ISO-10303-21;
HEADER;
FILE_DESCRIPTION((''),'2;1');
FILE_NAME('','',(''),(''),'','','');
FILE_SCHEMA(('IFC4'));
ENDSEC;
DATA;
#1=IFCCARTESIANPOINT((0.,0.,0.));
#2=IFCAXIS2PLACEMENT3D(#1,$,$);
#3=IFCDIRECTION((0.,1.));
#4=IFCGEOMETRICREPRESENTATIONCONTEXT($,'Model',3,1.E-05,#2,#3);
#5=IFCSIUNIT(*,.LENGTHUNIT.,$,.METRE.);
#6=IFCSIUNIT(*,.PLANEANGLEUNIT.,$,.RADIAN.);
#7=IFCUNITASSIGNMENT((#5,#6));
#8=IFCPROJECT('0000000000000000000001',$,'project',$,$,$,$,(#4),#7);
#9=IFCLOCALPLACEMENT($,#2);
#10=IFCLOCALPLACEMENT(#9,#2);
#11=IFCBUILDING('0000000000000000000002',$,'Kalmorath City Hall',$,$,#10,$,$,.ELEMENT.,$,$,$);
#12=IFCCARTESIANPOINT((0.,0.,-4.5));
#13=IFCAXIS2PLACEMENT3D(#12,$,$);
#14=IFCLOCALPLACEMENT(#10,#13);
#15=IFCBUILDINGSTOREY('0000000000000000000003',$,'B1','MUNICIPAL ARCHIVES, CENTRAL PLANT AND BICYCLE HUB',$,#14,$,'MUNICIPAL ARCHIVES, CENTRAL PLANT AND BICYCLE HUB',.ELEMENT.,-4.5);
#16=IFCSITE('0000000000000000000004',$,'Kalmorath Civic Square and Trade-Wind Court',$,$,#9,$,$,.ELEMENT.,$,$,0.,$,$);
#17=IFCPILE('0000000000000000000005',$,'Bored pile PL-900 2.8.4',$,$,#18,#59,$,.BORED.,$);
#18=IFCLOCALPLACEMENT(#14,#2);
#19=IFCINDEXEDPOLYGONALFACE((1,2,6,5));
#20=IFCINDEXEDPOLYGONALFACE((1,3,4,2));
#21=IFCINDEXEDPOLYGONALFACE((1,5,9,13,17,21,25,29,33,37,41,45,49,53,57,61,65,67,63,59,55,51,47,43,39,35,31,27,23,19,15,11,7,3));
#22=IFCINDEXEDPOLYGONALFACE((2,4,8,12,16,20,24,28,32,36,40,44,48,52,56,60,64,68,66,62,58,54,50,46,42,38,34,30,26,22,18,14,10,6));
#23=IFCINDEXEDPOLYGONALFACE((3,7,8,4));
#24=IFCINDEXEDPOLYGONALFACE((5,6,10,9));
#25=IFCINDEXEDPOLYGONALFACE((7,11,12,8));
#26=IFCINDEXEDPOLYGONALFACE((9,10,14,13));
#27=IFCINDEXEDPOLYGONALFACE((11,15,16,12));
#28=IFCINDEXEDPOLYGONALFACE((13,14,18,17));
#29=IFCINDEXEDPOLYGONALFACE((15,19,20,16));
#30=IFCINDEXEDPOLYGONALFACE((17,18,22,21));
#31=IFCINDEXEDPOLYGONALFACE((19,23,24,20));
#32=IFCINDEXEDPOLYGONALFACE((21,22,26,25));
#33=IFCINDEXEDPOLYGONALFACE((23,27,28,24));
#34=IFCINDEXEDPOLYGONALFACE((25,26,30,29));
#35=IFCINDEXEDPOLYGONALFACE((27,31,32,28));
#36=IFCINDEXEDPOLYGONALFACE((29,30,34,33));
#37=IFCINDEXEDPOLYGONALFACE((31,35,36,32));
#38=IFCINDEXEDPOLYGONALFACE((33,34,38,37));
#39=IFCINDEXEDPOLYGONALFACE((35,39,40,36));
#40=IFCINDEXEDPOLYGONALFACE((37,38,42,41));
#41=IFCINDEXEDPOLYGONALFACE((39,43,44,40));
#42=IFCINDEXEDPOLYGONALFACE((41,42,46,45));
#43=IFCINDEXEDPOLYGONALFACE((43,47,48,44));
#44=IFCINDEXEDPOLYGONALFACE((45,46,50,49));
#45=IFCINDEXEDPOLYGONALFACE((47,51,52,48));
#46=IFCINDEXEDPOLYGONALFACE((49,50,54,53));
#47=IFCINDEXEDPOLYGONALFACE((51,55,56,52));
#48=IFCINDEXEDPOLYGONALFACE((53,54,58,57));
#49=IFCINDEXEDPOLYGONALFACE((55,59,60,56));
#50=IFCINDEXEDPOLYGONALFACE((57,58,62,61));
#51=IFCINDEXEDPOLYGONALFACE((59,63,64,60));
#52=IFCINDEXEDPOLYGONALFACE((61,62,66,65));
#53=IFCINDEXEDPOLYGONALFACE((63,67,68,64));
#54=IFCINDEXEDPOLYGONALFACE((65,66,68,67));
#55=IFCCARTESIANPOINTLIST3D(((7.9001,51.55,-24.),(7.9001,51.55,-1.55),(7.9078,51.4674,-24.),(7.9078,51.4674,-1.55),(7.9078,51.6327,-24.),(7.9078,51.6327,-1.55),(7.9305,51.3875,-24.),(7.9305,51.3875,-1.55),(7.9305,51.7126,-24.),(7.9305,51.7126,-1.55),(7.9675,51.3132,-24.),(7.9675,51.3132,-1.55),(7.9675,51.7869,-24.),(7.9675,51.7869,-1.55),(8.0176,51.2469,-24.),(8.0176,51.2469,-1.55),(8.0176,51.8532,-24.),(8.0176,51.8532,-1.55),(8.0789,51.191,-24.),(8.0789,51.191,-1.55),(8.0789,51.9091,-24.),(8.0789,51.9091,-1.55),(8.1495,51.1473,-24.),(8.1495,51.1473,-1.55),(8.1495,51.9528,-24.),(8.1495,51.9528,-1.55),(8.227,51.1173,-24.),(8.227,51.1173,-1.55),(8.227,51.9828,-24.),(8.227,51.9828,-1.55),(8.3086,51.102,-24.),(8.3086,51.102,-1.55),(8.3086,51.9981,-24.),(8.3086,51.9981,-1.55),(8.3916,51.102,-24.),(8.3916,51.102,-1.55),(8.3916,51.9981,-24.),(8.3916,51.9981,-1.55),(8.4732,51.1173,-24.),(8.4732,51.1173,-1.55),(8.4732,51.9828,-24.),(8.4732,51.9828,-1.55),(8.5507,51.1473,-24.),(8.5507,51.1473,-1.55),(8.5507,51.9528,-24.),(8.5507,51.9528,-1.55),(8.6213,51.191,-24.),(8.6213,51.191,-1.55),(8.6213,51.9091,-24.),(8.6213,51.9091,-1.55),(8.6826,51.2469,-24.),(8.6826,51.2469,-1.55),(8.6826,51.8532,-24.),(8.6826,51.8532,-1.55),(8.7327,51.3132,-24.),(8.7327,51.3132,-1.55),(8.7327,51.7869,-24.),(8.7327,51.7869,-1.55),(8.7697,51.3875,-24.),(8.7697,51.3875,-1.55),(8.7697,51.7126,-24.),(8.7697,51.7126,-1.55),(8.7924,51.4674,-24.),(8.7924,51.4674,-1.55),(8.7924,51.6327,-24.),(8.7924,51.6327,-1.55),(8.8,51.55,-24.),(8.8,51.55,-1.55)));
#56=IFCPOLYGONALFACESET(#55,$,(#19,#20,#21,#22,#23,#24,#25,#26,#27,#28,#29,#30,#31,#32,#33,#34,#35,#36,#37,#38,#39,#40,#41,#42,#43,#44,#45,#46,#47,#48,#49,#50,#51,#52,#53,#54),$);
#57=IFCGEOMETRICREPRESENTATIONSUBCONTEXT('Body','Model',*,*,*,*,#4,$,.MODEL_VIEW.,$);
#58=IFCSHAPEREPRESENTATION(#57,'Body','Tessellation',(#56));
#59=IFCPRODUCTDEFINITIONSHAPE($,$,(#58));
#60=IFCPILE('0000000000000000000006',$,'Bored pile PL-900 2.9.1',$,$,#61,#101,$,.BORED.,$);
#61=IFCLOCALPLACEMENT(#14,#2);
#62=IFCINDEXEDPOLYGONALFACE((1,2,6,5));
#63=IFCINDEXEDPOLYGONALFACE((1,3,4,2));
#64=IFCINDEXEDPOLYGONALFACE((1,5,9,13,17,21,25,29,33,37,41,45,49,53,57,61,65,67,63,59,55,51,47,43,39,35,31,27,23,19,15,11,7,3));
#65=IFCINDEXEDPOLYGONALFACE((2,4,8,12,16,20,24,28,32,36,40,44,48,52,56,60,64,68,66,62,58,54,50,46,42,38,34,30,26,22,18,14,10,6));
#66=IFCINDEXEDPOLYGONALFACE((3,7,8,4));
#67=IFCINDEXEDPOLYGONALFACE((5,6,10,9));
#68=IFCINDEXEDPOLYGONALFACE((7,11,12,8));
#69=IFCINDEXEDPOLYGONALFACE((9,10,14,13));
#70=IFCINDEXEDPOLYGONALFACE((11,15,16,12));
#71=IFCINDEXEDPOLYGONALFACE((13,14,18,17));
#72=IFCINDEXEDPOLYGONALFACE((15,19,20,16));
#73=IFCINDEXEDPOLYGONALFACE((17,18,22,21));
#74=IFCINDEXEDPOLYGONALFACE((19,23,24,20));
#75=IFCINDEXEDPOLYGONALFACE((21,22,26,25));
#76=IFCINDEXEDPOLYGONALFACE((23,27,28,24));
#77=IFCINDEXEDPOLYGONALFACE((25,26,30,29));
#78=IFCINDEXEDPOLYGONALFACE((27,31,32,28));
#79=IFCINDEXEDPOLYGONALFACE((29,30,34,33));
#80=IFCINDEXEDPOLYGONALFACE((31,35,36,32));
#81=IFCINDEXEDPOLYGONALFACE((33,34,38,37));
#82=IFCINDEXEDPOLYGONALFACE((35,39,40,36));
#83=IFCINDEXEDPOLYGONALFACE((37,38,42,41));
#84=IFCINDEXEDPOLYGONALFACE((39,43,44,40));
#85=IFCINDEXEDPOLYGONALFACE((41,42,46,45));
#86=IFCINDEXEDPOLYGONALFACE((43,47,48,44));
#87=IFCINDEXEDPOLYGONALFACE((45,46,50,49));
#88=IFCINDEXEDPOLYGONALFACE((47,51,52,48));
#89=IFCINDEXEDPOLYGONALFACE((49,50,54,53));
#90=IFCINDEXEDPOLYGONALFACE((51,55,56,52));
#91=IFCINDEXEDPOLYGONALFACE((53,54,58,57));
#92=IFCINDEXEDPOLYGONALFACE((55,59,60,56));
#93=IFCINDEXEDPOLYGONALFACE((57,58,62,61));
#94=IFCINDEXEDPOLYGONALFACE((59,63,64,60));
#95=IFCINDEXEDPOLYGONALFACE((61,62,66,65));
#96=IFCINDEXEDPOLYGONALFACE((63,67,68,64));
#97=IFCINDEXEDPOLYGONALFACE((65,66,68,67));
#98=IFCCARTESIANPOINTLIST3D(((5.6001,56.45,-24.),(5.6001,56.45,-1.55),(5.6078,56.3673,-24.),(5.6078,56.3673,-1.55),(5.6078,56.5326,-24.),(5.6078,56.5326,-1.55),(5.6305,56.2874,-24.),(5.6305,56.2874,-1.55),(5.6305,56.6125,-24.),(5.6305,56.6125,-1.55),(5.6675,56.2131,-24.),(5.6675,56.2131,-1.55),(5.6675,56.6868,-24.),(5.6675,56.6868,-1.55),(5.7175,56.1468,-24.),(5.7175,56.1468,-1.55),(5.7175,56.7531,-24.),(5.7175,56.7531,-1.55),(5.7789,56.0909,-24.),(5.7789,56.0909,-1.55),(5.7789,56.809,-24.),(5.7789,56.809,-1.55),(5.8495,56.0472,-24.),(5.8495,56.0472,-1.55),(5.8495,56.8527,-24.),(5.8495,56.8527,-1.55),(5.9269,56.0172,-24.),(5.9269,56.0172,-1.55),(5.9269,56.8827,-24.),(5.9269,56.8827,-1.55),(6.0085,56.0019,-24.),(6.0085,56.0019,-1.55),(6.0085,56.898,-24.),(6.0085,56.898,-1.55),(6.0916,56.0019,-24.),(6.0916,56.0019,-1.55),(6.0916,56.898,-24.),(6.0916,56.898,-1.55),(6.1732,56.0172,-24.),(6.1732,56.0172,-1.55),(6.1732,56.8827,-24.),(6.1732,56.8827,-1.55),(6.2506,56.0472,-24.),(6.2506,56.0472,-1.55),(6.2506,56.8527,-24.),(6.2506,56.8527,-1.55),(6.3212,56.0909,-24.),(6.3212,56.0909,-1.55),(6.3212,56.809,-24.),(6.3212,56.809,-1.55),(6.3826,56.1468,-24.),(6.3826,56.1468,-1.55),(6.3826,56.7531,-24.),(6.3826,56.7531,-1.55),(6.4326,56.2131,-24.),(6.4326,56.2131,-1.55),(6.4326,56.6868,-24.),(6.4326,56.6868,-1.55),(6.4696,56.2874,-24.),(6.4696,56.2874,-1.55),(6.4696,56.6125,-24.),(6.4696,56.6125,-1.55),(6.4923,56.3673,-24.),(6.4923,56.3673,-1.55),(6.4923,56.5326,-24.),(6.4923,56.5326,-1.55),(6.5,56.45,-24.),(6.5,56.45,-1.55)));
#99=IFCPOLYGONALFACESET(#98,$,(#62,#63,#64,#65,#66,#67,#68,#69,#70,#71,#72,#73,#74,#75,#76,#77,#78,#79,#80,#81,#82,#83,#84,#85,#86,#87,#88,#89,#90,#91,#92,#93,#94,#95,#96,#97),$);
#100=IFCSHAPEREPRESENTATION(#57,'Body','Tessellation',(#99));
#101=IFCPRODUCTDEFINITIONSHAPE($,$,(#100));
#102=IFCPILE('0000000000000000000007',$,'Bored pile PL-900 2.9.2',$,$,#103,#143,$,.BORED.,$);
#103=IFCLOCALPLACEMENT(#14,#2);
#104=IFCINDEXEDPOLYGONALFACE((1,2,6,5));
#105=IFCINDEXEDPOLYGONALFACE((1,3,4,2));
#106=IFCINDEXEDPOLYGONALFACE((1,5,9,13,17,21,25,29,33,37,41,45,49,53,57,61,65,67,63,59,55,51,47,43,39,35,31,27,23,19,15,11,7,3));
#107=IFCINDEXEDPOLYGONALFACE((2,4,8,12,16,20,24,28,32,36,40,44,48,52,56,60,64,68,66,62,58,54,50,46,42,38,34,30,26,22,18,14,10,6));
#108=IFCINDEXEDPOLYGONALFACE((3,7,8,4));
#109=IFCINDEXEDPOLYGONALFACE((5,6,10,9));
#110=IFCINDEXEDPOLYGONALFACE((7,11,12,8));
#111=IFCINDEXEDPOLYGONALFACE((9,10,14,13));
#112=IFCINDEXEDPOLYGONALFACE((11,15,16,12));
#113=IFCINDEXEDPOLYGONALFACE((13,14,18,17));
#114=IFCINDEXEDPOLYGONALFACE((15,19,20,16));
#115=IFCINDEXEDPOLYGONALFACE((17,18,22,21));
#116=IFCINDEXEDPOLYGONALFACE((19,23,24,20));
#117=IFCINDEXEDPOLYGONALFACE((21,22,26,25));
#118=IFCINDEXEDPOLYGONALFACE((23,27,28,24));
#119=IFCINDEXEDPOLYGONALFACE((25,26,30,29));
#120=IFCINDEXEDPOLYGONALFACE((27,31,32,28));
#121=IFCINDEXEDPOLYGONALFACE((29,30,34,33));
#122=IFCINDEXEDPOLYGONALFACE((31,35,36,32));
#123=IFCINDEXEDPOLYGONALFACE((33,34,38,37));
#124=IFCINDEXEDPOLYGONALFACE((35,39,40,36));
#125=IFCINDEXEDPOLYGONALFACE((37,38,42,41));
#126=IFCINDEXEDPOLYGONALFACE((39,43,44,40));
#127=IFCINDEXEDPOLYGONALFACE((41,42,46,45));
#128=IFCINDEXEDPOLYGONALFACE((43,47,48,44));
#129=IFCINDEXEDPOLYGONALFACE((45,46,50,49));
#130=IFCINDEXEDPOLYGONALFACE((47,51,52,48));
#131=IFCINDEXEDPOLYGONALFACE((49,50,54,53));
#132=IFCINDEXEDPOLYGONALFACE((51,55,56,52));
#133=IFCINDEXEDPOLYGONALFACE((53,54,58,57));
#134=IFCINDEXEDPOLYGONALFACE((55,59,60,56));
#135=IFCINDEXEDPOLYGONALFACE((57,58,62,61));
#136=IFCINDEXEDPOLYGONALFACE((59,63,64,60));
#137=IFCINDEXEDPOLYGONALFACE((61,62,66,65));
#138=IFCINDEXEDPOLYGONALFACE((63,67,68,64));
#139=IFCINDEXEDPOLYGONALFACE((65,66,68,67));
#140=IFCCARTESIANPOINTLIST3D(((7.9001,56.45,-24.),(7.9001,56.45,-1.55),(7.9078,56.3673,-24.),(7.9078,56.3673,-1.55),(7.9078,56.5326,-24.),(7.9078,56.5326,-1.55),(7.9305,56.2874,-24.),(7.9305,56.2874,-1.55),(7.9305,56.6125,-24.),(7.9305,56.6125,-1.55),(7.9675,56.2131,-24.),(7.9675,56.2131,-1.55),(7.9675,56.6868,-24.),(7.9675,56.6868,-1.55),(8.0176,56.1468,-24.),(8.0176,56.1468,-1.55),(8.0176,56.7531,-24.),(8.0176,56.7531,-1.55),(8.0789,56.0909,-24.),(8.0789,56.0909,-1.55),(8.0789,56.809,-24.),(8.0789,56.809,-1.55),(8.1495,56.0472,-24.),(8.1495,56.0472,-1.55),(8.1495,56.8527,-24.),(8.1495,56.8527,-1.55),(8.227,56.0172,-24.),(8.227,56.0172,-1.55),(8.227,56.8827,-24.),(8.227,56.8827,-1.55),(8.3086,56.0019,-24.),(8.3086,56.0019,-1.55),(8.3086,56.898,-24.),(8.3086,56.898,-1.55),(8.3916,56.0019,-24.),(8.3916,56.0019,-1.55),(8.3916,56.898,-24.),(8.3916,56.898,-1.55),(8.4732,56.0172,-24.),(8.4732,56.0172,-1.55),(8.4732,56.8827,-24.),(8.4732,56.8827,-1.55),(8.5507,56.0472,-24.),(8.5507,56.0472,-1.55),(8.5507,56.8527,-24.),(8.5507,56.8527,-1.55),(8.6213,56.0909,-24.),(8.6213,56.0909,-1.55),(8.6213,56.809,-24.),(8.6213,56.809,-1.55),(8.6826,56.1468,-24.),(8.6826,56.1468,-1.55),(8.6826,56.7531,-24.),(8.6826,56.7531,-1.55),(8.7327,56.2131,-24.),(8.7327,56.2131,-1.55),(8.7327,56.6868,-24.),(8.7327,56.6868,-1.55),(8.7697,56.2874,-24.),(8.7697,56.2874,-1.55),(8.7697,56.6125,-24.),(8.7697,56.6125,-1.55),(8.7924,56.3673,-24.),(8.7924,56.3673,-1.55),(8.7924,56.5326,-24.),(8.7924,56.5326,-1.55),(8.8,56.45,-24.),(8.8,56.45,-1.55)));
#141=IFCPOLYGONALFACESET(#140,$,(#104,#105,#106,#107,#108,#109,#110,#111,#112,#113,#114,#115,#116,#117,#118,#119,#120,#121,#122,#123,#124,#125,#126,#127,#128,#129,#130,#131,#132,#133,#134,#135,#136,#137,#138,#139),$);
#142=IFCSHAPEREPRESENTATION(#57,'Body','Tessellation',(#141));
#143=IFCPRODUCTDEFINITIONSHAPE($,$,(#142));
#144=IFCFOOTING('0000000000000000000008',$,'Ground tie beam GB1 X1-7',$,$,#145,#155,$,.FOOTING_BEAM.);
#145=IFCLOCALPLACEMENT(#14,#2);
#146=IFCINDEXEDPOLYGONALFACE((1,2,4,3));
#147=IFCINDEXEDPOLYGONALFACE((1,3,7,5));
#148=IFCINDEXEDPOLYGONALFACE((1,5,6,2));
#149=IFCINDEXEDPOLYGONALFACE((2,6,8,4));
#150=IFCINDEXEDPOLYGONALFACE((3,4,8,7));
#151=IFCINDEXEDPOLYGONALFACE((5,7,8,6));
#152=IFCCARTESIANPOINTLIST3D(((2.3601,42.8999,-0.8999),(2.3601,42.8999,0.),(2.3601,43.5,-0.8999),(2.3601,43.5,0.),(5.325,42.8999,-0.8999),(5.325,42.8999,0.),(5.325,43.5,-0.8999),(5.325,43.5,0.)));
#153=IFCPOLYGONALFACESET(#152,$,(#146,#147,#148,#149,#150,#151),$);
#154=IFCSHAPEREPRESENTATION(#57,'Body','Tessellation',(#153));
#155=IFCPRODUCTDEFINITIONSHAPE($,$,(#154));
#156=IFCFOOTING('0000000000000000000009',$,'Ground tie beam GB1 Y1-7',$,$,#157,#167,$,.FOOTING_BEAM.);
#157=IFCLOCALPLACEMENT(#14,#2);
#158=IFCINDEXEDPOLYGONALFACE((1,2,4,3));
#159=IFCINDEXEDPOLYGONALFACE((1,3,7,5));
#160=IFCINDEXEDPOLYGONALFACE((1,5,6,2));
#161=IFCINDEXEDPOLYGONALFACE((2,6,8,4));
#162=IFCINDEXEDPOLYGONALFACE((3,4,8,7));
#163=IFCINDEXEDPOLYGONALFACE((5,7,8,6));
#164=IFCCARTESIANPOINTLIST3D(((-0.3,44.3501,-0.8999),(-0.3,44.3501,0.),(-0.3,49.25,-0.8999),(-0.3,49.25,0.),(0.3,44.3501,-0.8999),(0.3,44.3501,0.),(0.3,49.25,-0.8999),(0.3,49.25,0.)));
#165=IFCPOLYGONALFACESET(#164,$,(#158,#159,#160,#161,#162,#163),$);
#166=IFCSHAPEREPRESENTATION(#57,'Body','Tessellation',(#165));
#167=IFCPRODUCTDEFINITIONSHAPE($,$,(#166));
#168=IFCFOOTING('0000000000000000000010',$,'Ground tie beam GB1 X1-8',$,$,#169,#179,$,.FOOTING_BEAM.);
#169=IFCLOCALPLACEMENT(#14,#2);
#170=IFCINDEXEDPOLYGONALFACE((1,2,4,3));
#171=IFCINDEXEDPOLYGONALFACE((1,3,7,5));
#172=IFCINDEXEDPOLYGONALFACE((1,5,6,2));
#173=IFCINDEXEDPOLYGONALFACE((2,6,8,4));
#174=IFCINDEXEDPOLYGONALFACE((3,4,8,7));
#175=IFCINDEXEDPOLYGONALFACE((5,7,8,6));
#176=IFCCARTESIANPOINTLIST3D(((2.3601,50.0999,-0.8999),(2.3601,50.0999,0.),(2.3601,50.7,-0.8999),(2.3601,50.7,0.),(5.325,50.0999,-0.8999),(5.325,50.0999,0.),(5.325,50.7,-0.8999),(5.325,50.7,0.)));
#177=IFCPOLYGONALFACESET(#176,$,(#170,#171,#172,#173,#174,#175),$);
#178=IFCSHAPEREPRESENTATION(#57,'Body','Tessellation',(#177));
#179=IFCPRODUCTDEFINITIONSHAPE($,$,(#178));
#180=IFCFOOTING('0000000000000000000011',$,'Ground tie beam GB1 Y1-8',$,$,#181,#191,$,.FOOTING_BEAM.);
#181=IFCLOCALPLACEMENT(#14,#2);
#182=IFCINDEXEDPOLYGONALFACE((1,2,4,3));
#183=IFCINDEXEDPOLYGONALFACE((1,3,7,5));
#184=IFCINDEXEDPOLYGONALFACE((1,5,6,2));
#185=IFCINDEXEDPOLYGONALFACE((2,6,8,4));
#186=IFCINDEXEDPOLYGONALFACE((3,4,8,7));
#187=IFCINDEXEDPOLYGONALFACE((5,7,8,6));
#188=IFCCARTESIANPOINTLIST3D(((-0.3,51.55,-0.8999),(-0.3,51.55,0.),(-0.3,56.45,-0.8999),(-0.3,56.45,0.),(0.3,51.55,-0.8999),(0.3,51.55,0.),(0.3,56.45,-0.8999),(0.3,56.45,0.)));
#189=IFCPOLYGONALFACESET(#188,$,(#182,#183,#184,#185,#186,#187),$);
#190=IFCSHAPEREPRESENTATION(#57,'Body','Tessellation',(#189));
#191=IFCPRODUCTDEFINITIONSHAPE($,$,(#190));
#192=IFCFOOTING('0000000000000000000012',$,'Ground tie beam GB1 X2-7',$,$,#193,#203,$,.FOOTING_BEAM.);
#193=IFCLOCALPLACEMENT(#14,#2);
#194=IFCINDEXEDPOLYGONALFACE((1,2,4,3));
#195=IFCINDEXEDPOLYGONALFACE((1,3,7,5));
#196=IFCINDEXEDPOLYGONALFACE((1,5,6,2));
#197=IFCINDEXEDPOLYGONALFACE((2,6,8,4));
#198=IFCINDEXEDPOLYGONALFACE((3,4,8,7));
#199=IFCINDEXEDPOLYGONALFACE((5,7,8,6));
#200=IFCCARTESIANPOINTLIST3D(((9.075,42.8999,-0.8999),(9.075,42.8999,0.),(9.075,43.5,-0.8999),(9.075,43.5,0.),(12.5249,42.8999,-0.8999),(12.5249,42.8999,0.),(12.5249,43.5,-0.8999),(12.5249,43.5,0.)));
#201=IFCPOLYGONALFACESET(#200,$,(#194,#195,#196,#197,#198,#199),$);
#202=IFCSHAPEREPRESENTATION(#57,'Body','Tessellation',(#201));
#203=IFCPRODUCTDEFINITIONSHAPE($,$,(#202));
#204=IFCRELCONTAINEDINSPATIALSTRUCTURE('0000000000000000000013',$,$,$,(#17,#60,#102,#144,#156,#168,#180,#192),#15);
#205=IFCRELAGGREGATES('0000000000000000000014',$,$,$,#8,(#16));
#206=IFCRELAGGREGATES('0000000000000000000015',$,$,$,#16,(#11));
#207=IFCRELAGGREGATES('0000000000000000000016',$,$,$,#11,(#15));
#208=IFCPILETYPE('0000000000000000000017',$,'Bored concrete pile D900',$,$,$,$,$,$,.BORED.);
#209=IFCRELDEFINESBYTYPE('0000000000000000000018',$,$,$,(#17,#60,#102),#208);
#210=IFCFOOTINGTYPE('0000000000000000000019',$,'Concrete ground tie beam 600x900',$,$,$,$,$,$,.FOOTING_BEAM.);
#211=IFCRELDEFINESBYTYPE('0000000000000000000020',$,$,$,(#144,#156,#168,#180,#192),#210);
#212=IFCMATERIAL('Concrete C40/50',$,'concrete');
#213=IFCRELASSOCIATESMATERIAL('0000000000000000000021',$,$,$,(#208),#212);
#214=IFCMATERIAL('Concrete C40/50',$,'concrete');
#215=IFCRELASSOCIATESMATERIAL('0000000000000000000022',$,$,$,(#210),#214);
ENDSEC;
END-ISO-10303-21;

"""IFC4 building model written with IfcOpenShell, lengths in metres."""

from ifc_helpers import new_model, si_unit, direction, frame, origin, origin_2d, place, context, subcontext, project, spatial, rectangle, circle, extrude, material, material_profile, profile_set, type_object, element, save


model = new_model("IFC4")

# Units and contexts
model_context = context("Model", 3, precision=1e-05, world=origin(), true_north=direction((0.0, 1.0)))
body_context = subcontext(model_context, "Body", "Model", "MODEL_VIEW")
ifc_project = project(units=[si_unit("LENGTHUNIT", "METRE"), si_unit("PLANEANGLEUNIT", "RADIAN")], contexts=[model_context])

# Site, building, storey
site_placement = place(None, origin())
site = spatial("IfcSite", under=ifc_project, at=site_placement, Name="Kalmorath Civic Square and Trade-Wind Court", CompositionType="ELEMENT", RefElevation=0.0)
building_placement = place(site_placement, origin())
building = spatial("IfcBuilding", under=site, at=building_placement, Name="Kalmorath City Hall", CompositionType="ELEMENT")
storey_placement = place(building_placement, frame((0.0, 0.0, -4.5)))
storey = spatial("IfcBuildingStorey", under=building, at=storey_placement, Name="B1", Description="MUNICIPAL ARCHIVES, CENTRAL PLANT AND BICYCLE HUB", LongName="MUNICIPAL ARCHIVES, CENTRAL PLANT AND BICYCLE HUB", CompositionType="ELEMENT", Elevation=-4.5)

# Piles
ifc_material_1 = material(Name="Concrete C40/50", Category="concrete")
ifc_material_profile_1 = material_profile(ifc_material_1, circle(Radius=0.45, at=origin_2d()), Name="PILE-D900")
ifc_profile_set_1 = profile_set([ifc_material_profile_1], Name="Concrete C40/50")
pile_type_1 = type_object("IfcPileType", Name="Bored concrete pile D900", PredefinedType="BORED", material=ifc_profile_set_1)
for number, where, z_axis, x_axis, name in (
    (1, (8.3501, 51.55, -1.55), (0.0, 0.0, -1.0), (1.0, 0.0, 0.0), "Bored pile PL-900 2.8.4"),
    (2, (6.05, 56.45, -1.55), (0.0, 0.0, -1.0), (1.0, 0.0, 0.0), "Bored pile PL-900 2.9.1"),
    (3, (8.3501, 56.45, -1.55), (0.0, 0.0, -1.0), (1.0, 0.0, 0.0), "Bored pile PL-900 2.9.2"),
):
    element("IfcPile", number, at=place(storey_placement, frame(where, z_axis=z_axis, x_axis=x_axis)), inside=storey, type_object=pile_type_1, Name=name, PredefinedType="BORED", context=body_context, shape_type="SweptSolid", body=[
        extrude(circle(Radius=0.45, at=origin_2d()), origin(), (0.0, 0.0, 1.0), 22.45),
    ])

# Footings
ifc_material_2 = material(Name="Concrete C40/50", Category="concrete")
ifc_material_profile_2 = material_profile(ifc_material_2, rectangle(XDim=0.6001, YDim=0.8999, at=origin_2d()), Name="RC-BM-600X900")
ifc_profile_set_2 = profile_set([ifc_material_profile_2], Name="Concrete C40/50")
footing_type_1 = type_object("IfcFootingType", Name="Concrete ground tie beam 600x900", PredefinedType="FOOTING_BEAM", material=ifc_profile_set_2)
footing_1_placement = place(storey_placement, frame((2.3601, 43.2, -0.45), z_axis=(1.0, 0.0, 0.0), x_axis=(0.0, 1.0, 0.0)))
element("IfcFooting", 4, at=footing_1_placement, inside=storey, type_object=footing_type_1, Name="Ground tie beam GB1 X1-7", PredefinedType="FOOTING_BEAM", context=body_context, shape_type="SweptSolid", body=[
    extrude(rectangle(XDim=0.6001, YDim=0.8999, at=origin_2d()), origin(), (0.0, 0.0, 1.0), 2.9648),
])
footing_2_placement = place(storey_placement, frame((0.0, 44.3501, -0.45), z_axis=(0.0, 1.0, 0.0), x_axis=(-1.0, 0.0, 0.0)))
element("IfcFooting", 5, at=footing_2_placement, inside=storey, type_object=footing_type_1, Name="Ground tie beam GB1 Y1-7", PredefinedType="FOOTING_BEAM", context=body_context, shape_type="SweptSolid", body=[
    extrude(rectangle(XDim=0.6001, YDim=0.8999, at=origin_2d()), origin(), (0.0, 0.0, 1.0), 4.8999),
])
footing_3_placement = place(storey_placement, frame((2.3601, 50.3999, -0.45), z_axis=(1.0, 0.0, 0.0), x_axis=(0.0, 1.0, 0.0)))
element("IfcFooting", 6, at=footing_3_placement, inside=storey, type_object=footing_type_1, Name="Ground tie beam GB1 X1-8", PredefinedType="FOOTING_BEAM", context=body_context, shape_type="SweptSolid", body=[
    extrude(rectangle(XDim=0.6001, YDim=0.8999, at=origin_2d()), origin(), (0.0, 0.0, 1.0), 2.9648),
])
footing_4_placement = place(storey_placement, frame((0.0, 51.55, -0.45), z_axis=(0.0, 1.0, 0.0), x_axis=(-1.0, 0.0, 0.0)))
element("IfcFooting", 7, at=footing_4_placement, inside=storey, type_object=footing_type_1, Name="Ground tie beam GB1 Y1-8", PredefinedType="FOOTING_BEAM", context=body_context, shape_type="SweptSolid", body=[
    extrude(rectangle(XDim=0.6001, YDim=0.8999, at=origin_2d()), origin(), (0.0, 0.0, 1.0), 4.8999),
])
for number, where, z_axis, x_axis, name in (
    (8, (9.075, 43.2, -0.45), (1.0, 0.0, 0.0), (0.0, 1.0, 0.0), "Ground tie beam GB1 X2-7"),
):
    element("IfcFooting", number, at=place(storey_placement, frame(where, z_axis=z_axis, x_axis=x_axis)), inside=storey, type_object=footing_type_1, Name=name, PredefinedType="FOOTING_BEAM", context=body_context, shape_type="SweptSolid", body=[
        extrude(rectangle(XDim=0.6001, YDim=0.8999, at=origin_2d()), origin(), (0.0, 0.0, 1.0), 3.45),
    ])

save(model, "model.ifc")
